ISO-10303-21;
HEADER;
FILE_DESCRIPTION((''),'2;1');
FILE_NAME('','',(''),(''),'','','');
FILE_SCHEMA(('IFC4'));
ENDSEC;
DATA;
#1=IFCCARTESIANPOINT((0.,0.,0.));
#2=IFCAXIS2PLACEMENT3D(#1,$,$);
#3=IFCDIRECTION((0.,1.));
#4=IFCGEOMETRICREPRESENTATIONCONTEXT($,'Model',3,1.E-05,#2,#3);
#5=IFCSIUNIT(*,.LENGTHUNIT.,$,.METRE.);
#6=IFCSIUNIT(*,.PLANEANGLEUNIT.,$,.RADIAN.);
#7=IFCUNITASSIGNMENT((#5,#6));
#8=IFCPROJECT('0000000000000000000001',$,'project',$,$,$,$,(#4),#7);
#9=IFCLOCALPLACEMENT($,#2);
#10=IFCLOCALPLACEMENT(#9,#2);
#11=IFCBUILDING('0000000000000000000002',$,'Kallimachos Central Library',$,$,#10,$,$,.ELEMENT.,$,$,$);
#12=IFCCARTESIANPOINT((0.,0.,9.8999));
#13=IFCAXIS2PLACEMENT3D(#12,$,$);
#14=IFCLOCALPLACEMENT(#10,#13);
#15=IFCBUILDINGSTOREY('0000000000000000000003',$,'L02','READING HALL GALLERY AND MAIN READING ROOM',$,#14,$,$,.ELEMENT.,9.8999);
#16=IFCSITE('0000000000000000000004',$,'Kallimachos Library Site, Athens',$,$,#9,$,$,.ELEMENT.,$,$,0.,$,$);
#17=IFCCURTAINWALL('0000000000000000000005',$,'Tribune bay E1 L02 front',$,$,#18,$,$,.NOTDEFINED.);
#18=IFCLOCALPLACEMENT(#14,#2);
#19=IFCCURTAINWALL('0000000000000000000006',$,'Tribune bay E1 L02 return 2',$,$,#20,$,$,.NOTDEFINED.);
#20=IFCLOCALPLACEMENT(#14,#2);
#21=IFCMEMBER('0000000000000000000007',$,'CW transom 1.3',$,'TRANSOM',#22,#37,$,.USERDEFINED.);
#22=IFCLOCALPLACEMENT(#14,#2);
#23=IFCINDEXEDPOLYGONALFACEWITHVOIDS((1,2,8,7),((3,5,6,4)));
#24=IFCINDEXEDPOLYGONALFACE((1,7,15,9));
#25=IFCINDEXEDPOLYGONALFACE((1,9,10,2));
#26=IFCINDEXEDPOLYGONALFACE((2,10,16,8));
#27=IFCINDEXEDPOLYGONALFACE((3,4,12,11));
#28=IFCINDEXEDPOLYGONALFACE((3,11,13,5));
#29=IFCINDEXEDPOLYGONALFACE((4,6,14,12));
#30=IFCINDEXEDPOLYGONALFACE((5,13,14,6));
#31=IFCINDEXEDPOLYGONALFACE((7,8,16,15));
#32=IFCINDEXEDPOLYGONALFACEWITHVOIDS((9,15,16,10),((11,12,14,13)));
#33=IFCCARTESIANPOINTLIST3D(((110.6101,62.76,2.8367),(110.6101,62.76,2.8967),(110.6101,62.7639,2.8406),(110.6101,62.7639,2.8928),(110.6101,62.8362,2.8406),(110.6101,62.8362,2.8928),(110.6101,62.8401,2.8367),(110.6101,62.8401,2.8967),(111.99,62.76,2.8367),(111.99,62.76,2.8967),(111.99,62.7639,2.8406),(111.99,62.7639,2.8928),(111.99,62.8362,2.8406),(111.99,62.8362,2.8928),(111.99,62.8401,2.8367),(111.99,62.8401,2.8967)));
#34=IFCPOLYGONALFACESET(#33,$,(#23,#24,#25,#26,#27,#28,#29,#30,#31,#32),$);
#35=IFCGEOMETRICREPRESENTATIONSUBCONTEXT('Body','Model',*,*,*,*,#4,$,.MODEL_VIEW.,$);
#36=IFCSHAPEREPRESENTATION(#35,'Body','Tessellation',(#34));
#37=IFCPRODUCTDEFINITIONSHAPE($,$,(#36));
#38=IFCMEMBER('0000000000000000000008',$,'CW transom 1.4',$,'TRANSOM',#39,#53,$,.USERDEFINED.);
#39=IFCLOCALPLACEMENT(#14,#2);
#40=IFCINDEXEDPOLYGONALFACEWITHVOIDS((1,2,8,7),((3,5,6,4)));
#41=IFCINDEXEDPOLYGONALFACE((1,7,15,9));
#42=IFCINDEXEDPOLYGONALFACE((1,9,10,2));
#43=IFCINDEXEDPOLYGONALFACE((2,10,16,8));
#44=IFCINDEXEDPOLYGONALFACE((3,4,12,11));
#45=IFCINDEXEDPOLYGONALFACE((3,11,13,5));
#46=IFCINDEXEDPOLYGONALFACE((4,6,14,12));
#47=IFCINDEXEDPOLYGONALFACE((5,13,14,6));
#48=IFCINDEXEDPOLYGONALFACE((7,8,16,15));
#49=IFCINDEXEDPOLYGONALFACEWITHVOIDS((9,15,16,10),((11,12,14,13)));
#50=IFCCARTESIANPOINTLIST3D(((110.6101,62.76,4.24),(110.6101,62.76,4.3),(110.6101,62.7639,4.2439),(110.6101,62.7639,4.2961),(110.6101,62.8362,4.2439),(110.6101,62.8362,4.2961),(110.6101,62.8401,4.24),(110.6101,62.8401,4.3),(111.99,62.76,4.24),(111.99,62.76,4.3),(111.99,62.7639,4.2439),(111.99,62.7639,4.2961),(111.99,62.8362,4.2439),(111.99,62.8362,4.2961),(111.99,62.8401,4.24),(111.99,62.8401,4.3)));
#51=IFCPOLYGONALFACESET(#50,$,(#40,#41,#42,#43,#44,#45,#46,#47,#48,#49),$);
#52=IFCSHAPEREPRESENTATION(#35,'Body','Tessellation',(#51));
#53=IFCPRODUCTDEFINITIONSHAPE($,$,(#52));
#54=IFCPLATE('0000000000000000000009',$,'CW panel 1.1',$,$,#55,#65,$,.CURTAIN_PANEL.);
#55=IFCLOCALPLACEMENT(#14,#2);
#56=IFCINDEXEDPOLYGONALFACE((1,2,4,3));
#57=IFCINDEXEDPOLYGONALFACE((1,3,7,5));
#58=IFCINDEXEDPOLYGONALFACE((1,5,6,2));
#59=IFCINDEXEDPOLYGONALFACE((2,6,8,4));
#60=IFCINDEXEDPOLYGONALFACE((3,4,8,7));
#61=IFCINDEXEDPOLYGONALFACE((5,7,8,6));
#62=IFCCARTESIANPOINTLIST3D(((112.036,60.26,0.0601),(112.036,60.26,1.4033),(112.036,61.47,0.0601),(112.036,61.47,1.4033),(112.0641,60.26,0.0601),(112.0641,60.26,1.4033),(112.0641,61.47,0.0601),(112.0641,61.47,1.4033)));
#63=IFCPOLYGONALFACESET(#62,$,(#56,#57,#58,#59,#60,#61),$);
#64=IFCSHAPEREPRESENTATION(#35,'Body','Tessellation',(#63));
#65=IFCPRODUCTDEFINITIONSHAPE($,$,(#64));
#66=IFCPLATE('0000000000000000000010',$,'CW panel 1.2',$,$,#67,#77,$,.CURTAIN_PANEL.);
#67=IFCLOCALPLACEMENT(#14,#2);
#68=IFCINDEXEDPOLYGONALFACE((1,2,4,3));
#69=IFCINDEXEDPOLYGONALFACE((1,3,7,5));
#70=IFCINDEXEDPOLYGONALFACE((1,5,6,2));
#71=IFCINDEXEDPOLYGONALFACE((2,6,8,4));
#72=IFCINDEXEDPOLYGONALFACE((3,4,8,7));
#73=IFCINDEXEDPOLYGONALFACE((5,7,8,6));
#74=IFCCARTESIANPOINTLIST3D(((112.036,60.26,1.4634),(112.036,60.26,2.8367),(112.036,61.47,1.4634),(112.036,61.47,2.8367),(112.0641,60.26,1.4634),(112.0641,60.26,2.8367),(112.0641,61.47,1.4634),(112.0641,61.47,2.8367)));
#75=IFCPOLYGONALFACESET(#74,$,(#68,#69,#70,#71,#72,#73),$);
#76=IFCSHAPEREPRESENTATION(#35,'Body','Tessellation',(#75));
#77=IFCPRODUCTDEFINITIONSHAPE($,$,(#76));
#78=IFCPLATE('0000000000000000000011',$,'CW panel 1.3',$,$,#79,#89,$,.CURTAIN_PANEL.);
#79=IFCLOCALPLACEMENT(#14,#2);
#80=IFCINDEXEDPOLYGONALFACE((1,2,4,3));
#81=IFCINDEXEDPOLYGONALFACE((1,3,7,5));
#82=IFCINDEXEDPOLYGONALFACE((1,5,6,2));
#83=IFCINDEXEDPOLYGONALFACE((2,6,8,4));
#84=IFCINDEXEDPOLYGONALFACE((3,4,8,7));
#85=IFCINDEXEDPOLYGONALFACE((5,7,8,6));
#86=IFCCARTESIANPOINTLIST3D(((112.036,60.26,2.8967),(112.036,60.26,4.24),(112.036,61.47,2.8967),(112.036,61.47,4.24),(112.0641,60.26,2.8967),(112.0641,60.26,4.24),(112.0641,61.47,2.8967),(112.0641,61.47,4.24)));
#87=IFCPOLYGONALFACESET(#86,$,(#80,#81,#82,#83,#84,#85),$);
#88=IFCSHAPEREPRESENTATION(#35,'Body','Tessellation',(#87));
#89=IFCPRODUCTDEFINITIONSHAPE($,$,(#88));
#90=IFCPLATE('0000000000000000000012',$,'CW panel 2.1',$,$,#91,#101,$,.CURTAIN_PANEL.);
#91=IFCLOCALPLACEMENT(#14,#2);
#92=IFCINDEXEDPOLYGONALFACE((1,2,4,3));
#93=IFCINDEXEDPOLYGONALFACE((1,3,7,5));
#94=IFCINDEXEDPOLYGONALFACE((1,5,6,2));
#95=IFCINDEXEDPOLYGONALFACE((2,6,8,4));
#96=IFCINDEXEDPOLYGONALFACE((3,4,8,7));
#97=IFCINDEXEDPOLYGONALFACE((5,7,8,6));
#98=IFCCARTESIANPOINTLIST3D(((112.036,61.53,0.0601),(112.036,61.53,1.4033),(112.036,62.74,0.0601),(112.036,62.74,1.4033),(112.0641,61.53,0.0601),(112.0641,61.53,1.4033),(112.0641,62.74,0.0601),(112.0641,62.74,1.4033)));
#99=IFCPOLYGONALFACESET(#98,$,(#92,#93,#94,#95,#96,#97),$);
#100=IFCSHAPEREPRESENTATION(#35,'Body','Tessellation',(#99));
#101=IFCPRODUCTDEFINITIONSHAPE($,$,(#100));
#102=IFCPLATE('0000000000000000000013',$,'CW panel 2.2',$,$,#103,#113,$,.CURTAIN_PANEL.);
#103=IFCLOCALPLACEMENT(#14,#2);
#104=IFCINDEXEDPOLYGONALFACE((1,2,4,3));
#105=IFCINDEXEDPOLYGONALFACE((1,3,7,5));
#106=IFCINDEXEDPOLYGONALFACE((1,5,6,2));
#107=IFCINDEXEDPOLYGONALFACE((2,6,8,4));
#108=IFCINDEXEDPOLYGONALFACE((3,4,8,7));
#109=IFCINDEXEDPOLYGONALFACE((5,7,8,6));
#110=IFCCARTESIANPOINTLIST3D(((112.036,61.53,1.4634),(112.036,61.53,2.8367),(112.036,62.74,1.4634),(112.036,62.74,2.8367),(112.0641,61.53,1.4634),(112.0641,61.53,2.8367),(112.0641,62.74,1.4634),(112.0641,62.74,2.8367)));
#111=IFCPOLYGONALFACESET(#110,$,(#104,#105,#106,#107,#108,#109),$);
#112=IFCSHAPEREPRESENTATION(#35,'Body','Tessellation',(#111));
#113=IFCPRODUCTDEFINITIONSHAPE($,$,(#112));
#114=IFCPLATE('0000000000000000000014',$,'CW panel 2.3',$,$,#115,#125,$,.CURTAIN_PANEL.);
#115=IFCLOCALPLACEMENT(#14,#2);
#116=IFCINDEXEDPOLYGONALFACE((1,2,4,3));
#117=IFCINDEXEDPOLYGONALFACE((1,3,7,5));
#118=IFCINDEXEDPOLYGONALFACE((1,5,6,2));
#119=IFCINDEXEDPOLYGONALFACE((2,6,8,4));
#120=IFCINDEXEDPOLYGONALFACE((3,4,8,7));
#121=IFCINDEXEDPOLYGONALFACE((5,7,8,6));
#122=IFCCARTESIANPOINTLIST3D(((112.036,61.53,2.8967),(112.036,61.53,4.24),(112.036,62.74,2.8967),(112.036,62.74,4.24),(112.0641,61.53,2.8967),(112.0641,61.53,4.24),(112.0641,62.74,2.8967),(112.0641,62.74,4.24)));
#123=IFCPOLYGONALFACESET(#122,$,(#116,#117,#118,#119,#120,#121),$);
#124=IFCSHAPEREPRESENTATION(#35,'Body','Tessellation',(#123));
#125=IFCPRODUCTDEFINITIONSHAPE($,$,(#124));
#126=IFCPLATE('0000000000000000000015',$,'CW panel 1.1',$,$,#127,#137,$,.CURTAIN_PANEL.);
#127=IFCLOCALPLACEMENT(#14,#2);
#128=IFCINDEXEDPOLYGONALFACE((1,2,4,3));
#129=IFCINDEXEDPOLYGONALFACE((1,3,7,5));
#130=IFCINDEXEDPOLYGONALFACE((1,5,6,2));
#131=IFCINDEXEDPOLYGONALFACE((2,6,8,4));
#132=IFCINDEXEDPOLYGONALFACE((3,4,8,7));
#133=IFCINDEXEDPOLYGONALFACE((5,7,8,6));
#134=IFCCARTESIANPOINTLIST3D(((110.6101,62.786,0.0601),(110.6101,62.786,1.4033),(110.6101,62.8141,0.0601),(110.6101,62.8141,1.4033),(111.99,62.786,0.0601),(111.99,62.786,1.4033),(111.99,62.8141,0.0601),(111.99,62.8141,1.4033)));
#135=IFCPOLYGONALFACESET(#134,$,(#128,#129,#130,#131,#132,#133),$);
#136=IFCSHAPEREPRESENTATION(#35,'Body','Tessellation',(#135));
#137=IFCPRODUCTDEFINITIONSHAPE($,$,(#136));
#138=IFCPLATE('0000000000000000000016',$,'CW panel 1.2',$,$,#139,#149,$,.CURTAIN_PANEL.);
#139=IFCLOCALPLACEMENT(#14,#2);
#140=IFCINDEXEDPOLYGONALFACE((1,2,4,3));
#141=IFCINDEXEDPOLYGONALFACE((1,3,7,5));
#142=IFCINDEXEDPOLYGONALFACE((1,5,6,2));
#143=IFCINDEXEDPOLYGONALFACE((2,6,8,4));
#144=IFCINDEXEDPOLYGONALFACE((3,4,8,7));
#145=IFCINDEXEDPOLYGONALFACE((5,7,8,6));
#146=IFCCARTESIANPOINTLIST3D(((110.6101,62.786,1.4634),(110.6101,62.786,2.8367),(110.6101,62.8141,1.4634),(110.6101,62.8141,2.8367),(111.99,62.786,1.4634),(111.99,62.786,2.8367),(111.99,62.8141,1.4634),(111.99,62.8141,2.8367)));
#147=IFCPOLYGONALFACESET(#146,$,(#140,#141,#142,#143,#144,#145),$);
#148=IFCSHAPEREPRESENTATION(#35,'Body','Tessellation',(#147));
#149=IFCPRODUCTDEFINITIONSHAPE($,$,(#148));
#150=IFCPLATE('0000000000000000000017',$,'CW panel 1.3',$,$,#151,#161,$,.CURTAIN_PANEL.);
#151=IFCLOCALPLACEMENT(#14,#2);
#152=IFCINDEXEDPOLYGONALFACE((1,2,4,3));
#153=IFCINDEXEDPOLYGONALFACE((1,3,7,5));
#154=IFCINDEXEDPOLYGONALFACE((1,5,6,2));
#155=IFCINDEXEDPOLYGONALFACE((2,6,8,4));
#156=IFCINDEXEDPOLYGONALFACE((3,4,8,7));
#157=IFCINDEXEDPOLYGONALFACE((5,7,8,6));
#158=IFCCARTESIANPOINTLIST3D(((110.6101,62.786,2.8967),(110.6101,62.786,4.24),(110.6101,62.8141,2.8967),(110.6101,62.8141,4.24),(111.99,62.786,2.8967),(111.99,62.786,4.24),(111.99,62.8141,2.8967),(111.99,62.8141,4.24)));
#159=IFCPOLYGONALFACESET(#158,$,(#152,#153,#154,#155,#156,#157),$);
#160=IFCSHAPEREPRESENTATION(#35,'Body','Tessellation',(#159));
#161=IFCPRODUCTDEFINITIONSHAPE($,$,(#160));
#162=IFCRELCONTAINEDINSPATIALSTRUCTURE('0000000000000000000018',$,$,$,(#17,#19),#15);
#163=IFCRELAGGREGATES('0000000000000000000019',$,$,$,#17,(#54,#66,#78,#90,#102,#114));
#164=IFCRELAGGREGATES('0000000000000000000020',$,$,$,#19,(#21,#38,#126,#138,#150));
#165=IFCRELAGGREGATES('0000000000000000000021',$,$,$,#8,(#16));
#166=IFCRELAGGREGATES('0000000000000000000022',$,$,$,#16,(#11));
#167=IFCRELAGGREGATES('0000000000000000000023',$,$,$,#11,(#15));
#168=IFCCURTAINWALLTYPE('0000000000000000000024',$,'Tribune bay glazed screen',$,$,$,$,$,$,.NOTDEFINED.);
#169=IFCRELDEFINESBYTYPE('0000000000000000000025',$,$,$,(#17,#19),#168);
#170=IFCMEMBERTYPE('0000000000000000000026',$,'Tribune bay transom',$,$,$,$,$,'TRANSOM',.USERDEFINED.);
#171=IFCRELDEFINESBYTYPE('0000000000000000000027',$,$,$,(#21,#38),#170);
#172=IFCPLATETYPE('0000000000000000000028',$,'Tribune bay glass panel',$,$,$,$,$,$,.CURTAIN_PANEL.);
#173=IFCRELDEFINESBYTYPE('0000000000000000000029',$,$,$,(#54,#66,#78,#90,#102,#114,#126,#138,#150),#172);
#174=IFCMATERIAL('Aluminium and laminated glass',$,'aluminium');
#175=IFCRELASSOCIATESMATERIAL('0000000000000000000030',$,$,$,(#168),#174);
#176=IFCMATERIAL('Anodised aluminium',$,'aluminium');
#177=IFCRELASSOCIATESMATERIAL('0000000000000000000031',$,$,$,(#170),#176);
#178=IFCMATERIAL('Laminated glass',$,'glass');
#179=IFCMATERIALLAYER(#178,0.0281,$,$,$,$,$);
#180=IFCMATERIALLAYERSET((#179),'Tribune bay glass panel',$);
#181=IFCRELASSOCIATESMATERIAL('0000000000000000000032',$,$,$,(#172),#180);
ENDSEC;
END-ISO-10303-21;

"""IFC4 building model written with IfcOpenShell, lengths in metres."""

from ifc_helpers import new_model, si_unit, direction, frame, origin, origin_2d, place, context, subcontext, project, spatial, rectangle, hollow_rectangle, extrude, material, layer, layer_set, material_profile, profile_set, type_object, element, aggregate, save


model = new_model("IFC4")

# Units and contexts
model_context = context("Model", 3, precision=1e-05, world=origin(), true_north=direction((0.0, 1.0)))
body_context = subcontext(model_context, "Body", "Model", "MODEL_VIEW")
ifc_project = project(units=[si_unit("LENGTHUNIT", "METRE"), si_unit("PLANEANGLEUNIT", "RADIAN")], contexts=[model_context])

# Site, building, storey
site_placement = place(None, origin())
site = spatial("IfcSite", under=ifc_project, at=site_placement, Name="Kallimachos Library Site, Athens", CompositionType="ELEMENT", RefElevation=0.0)
building_placement = place(site_placement, origin())
building = spatial("IfcBuilding", under=site, at=building_placement, Name="Kallimachos Central Library", CompositionType="ELEMENT")
storey_placement = place(building_placement, frame((0.0, 0.0, 9.8999)))
storey = spatial("IfcBuildingStorey", under=building, at=storey_placement, Name="L02", Description="READING HALL GALLERY AND MAIN READING ROOM", CompositionType="ELEMENT", Elevation=9.8999)

# Curtain walls
ifc_material_1 = material(Name="Aluminium and laminated glass", Category="aluminium")
curtain_wall_type = type_object("IfcCurtainWallType", Name="Tribune bay glazed screen", PredefinedType="NOTDEFINED", material=ifc_material_1)
curtain_wall_1_placement = place(storey_placement, origin())
curtain_wall_1 = element("IfcCurtainWall", 1, at=curtain_wall_1_placement, inside=storey, type_object=curtain_wall_type, Name="Tribune bay E1 L02 front", PredefinedType="NOTDEFINED")
curtain_wall_2_placement = place(storey_placement, origin())
curtain_wall_2 = element("IfcCurtainWall", 2, at=curtain_wall_2_placement, inside=storey, type_object=curtain_wall_type, Name="Tribune bay E1 L02 return 2", PredefinedType="NOTDEFINED")

# Members
ifc_material_2 = material(Name="Anodised aluminium", Category="aluminium")
ifc_material_profile_1 = material_profile(ifc_material_2, hollow_rectangle(XDim=0.0601, YDim=0.0801, WallThickness=0.0039, at=origin_2d()), Name="ALU TRANSOM 60x80")
ifc_profile_set_1 = profile_set([ifc_material_profile_1], Name="Anodised aluminium")
member_type_1 = type_object("IfcMemberType", Name="Tribune bay transom", ElementType="TRANSOM", PredefinedType="USERDEFINED", material=ifc_profile_set_1)
member_1_placement = place(storey_placement, frame((110.6101, 62.8, 2.8667), z_axis=(1.0, 0.0, 0.0), x_axis=(0.0, 0.0, 1.0)))
member_1 = element("IfcMember", 3, at=member_1_placement, type_object=member_type_1, Name="CW transom 1.3", ObjectType="TRANSOM", PredefinedType="USERDEFINED", context=body_context, shape_type="SweptSolid", body=[
    extrude(hollow_rectangle(XDim=0.0601, YDim=0.0801, WallThickness=0.0039, at=origin_2d()), origin(), (0.0, 0.0, 1.0), 1.3799),
])
member_2_placement = place(storey_placement, frame((110.6101, 62.8, 4.27), z_axis=(1.0, 0.0, 0.0), x_axis=(0.0, 0.0, 1.0)))
member_2 = element("IfcMember", 4, at=member_2_placement, type_object=member_type_1, Name="CW transom 1.4", ObjectType="TRANSOM", PredefinedType="USERDEFINED", context=body_context, shape_type="SweptSolid", body=[
    extrude(hollow_rectangle(XDim=0.0601, YDim=0.0801, WallThickness=0.0039, at=origin_2d()), origin(), (0.0, 0.0, 1.0), 1.3799),
])

# Plates
ifc_material_3 = material(Name="Laminated glass", Category="glass")
ifc_layer = layer(ifc_material_3, 0.0281)
ifc_layer_set = layer_set([ifc_layer], Name="Tribune bay glass panel")
plate_type = type_object("IfcPlateType", Name="Tribune bay glass panel", PredefinedType="CURTAIN_PANEL", material=ifc_layer_set)
plate_1_placement = place(storey_placement, frame((112.05, 60.865, 0.0601), z_axis=(0.0, 0.0, 1.0), x_axis=(0.0, 1.0, 0.0)))
plate_1 = element("IfcPlate", 5, at=plate_1_placement, type_object=plate_type, Name="CW panel 1.1", PredefinedType="CURTAIN_PANEL", context=body_context, shape_type="SweptSolid", body=[
    extrude(rectangle(XDim=1.21, YDim=0.0281, at=origin_2d()), origin(), (0.0, 0.0, 1.0), 1.3433),
])
plate_2_placement = place(storey_placement, frame((112.05, 60.865, 1.4634), z_axis=(0.0, 0.0, 1.0), x_axis=(0.0, 1.0, 0.0)))
plate_2 = element("IfcPlate", 6, at=plate_2_placement, type_object=plate_type, Name="CW panel 1.2", PredefinedType="CURTAIN_PANEL", context=body_context, shape_type="SweptSolid", body=[
    extrude(rectangle(XDim=1.21, YDim=0.0281, at=origin_2d()), origin(), (0.0, 0.0, 1.0), 1.3733),
])
plate_3_placement = place(storey_placement, frame((112.05, 60.865, 2.8967), z_axis=(0.0, 0.0, 1.0), x_axis=(0.0, 1.0, 0.0)))
plate_3 = element("IfcPlate", 7, at=plate_3_placement, type_object=plate_type, Name="CW panel 1.3", PredefinedType="CURTAIN_PANEL", context=body_context, shape_type="SweptSolid", body=[
    extrude(rectangle(XDim=1.21, YDim=0.0281, at=origin_2d()), origin(), (0.0, 0.0, 1.0), 1.3433),
])
plate_4_placement = place(storey_placement, frame((112.05, 62.135, 0.0601), z_axis=(0.0, 0.0, 1.0), x_axis=(0.0, 1.0, 0.0)))
plate_4 = element("IfcPlate", 8, at=plate_4_placement, type_object=plate_type, Name="CW panel 2.1", PredefinedType="CURTAIN_PANEL", context=body_context, shape_type="SweptSolid", body=[
    extrude(rectangle(XDim=1.21, YDim=0.0281, at=origin_2d()), origin(), (0.0, 0.0, 1.0), 1.3433),
])
plate_5_placement = place(storey_placement, frame((112.05, 62.135, 1.4634), z_axis=(0.0, 0.0, 1.0), x_axis=(0.0, 1.0, 0.0)))
plate_5 = element("IfcPlate", 9, at=plate_5_placement, type_object=plate_type, Name="CW panel 2.2", PredefinedType="CURTAIN_PANEL", context=body_context, shape_type="SweptSolid", body=[
    extrude(rectangle(XDim=1.21, YDim=0.0281, at=origin_2d()), origin(), (0.0, 0.0, 1.0), 1.3733),
])
plate_6_placement = place(storey_placement, frame((112.05, 62.135, 2.8967), z_axis=(0.0, 0.0, 1.0), x_axis=(0.0, 1.0, 0.0)))
plate_6 = element("IfcPlate", 10, at=plate_6_placement, type_object=plate_type, Name="CW panel 2.3", PredefinedType="CURTAIN_PANEL", context=body_context, shape_type="SweptSolid", body=[
    extrude(rectangle(XDim=1.21, YDim=0.0281, at=origin_2d()), origin(), (0.0, 0.0, 1.0), 1.3433),
])
aggregate(curtain_wall_1, [plate_1, plate_2, plate_3, plate_4, plate_5, plate_6])
plate_7_placement = place(storey_placement, frame((111.3, 62.8, 0.0601), z_axis=(0.0, 0.0, 1.0), x_axis=(1.0, 0.0, 0.0)))
plate_7 = element("IfcPlate", 11, at=plate_7_placement, type_object=plate_type, Name="CW panel 1.1", PredefinedType="CURTAIN_PANEL", context=body_context, shape_type="SweptSolid", body=[
    extrude(rectangle(XDim=1.3799, YDim=0.0281, at=origin_2d()), origin(), (0.0, 0.0, 1.0), 1.3433),
])
plate_8_placement = place(storey_placement, frame((111.3, 62.8, 1.4634), z_axis=(0.0, 0.0, 1.0), x_axis=(1.0, 0.0, 0.0)))
plate_8 = element("IfcPlate", 12, at=plate_8_placement, type_object=plate_type, Name="CW panel 1.2", PredefinedType="CURTAIN_PANEL", context=body_context, shape_type="SweptSolid", body=[
    extrude(rectangle(XDim=1.3799, YDim=0.0281, at=origin_2d()), origin(), (0.0, 0.0, 1.0), 1.3733),
])
plate_9_placement = place(storey_placement, frame((111.3, 62.8, 2.8967), z_axis=(0.0, 0.0, 1.0), x_axis=(1.0, 0.0, 0.0)))
plate_9 = element("IfcPlate", 13, at=plate_9_placement, type_object=plate_type, Name="CW panel 1.3", PredefinedType="CURTAIN_PANEL", context=body_context, shape_type="SweptSolid", body=[
    extrude(rectangle(XDim=1.3799, YDim=0.0281, at=origin_2d()), origin(), (0.0, 0.0, 1.0), 1.3433),
])
aggregate(curtain_wall_2, [member_1, member_2, plate_7, plate_8, plate_9])

save(model, "model.ifc")
